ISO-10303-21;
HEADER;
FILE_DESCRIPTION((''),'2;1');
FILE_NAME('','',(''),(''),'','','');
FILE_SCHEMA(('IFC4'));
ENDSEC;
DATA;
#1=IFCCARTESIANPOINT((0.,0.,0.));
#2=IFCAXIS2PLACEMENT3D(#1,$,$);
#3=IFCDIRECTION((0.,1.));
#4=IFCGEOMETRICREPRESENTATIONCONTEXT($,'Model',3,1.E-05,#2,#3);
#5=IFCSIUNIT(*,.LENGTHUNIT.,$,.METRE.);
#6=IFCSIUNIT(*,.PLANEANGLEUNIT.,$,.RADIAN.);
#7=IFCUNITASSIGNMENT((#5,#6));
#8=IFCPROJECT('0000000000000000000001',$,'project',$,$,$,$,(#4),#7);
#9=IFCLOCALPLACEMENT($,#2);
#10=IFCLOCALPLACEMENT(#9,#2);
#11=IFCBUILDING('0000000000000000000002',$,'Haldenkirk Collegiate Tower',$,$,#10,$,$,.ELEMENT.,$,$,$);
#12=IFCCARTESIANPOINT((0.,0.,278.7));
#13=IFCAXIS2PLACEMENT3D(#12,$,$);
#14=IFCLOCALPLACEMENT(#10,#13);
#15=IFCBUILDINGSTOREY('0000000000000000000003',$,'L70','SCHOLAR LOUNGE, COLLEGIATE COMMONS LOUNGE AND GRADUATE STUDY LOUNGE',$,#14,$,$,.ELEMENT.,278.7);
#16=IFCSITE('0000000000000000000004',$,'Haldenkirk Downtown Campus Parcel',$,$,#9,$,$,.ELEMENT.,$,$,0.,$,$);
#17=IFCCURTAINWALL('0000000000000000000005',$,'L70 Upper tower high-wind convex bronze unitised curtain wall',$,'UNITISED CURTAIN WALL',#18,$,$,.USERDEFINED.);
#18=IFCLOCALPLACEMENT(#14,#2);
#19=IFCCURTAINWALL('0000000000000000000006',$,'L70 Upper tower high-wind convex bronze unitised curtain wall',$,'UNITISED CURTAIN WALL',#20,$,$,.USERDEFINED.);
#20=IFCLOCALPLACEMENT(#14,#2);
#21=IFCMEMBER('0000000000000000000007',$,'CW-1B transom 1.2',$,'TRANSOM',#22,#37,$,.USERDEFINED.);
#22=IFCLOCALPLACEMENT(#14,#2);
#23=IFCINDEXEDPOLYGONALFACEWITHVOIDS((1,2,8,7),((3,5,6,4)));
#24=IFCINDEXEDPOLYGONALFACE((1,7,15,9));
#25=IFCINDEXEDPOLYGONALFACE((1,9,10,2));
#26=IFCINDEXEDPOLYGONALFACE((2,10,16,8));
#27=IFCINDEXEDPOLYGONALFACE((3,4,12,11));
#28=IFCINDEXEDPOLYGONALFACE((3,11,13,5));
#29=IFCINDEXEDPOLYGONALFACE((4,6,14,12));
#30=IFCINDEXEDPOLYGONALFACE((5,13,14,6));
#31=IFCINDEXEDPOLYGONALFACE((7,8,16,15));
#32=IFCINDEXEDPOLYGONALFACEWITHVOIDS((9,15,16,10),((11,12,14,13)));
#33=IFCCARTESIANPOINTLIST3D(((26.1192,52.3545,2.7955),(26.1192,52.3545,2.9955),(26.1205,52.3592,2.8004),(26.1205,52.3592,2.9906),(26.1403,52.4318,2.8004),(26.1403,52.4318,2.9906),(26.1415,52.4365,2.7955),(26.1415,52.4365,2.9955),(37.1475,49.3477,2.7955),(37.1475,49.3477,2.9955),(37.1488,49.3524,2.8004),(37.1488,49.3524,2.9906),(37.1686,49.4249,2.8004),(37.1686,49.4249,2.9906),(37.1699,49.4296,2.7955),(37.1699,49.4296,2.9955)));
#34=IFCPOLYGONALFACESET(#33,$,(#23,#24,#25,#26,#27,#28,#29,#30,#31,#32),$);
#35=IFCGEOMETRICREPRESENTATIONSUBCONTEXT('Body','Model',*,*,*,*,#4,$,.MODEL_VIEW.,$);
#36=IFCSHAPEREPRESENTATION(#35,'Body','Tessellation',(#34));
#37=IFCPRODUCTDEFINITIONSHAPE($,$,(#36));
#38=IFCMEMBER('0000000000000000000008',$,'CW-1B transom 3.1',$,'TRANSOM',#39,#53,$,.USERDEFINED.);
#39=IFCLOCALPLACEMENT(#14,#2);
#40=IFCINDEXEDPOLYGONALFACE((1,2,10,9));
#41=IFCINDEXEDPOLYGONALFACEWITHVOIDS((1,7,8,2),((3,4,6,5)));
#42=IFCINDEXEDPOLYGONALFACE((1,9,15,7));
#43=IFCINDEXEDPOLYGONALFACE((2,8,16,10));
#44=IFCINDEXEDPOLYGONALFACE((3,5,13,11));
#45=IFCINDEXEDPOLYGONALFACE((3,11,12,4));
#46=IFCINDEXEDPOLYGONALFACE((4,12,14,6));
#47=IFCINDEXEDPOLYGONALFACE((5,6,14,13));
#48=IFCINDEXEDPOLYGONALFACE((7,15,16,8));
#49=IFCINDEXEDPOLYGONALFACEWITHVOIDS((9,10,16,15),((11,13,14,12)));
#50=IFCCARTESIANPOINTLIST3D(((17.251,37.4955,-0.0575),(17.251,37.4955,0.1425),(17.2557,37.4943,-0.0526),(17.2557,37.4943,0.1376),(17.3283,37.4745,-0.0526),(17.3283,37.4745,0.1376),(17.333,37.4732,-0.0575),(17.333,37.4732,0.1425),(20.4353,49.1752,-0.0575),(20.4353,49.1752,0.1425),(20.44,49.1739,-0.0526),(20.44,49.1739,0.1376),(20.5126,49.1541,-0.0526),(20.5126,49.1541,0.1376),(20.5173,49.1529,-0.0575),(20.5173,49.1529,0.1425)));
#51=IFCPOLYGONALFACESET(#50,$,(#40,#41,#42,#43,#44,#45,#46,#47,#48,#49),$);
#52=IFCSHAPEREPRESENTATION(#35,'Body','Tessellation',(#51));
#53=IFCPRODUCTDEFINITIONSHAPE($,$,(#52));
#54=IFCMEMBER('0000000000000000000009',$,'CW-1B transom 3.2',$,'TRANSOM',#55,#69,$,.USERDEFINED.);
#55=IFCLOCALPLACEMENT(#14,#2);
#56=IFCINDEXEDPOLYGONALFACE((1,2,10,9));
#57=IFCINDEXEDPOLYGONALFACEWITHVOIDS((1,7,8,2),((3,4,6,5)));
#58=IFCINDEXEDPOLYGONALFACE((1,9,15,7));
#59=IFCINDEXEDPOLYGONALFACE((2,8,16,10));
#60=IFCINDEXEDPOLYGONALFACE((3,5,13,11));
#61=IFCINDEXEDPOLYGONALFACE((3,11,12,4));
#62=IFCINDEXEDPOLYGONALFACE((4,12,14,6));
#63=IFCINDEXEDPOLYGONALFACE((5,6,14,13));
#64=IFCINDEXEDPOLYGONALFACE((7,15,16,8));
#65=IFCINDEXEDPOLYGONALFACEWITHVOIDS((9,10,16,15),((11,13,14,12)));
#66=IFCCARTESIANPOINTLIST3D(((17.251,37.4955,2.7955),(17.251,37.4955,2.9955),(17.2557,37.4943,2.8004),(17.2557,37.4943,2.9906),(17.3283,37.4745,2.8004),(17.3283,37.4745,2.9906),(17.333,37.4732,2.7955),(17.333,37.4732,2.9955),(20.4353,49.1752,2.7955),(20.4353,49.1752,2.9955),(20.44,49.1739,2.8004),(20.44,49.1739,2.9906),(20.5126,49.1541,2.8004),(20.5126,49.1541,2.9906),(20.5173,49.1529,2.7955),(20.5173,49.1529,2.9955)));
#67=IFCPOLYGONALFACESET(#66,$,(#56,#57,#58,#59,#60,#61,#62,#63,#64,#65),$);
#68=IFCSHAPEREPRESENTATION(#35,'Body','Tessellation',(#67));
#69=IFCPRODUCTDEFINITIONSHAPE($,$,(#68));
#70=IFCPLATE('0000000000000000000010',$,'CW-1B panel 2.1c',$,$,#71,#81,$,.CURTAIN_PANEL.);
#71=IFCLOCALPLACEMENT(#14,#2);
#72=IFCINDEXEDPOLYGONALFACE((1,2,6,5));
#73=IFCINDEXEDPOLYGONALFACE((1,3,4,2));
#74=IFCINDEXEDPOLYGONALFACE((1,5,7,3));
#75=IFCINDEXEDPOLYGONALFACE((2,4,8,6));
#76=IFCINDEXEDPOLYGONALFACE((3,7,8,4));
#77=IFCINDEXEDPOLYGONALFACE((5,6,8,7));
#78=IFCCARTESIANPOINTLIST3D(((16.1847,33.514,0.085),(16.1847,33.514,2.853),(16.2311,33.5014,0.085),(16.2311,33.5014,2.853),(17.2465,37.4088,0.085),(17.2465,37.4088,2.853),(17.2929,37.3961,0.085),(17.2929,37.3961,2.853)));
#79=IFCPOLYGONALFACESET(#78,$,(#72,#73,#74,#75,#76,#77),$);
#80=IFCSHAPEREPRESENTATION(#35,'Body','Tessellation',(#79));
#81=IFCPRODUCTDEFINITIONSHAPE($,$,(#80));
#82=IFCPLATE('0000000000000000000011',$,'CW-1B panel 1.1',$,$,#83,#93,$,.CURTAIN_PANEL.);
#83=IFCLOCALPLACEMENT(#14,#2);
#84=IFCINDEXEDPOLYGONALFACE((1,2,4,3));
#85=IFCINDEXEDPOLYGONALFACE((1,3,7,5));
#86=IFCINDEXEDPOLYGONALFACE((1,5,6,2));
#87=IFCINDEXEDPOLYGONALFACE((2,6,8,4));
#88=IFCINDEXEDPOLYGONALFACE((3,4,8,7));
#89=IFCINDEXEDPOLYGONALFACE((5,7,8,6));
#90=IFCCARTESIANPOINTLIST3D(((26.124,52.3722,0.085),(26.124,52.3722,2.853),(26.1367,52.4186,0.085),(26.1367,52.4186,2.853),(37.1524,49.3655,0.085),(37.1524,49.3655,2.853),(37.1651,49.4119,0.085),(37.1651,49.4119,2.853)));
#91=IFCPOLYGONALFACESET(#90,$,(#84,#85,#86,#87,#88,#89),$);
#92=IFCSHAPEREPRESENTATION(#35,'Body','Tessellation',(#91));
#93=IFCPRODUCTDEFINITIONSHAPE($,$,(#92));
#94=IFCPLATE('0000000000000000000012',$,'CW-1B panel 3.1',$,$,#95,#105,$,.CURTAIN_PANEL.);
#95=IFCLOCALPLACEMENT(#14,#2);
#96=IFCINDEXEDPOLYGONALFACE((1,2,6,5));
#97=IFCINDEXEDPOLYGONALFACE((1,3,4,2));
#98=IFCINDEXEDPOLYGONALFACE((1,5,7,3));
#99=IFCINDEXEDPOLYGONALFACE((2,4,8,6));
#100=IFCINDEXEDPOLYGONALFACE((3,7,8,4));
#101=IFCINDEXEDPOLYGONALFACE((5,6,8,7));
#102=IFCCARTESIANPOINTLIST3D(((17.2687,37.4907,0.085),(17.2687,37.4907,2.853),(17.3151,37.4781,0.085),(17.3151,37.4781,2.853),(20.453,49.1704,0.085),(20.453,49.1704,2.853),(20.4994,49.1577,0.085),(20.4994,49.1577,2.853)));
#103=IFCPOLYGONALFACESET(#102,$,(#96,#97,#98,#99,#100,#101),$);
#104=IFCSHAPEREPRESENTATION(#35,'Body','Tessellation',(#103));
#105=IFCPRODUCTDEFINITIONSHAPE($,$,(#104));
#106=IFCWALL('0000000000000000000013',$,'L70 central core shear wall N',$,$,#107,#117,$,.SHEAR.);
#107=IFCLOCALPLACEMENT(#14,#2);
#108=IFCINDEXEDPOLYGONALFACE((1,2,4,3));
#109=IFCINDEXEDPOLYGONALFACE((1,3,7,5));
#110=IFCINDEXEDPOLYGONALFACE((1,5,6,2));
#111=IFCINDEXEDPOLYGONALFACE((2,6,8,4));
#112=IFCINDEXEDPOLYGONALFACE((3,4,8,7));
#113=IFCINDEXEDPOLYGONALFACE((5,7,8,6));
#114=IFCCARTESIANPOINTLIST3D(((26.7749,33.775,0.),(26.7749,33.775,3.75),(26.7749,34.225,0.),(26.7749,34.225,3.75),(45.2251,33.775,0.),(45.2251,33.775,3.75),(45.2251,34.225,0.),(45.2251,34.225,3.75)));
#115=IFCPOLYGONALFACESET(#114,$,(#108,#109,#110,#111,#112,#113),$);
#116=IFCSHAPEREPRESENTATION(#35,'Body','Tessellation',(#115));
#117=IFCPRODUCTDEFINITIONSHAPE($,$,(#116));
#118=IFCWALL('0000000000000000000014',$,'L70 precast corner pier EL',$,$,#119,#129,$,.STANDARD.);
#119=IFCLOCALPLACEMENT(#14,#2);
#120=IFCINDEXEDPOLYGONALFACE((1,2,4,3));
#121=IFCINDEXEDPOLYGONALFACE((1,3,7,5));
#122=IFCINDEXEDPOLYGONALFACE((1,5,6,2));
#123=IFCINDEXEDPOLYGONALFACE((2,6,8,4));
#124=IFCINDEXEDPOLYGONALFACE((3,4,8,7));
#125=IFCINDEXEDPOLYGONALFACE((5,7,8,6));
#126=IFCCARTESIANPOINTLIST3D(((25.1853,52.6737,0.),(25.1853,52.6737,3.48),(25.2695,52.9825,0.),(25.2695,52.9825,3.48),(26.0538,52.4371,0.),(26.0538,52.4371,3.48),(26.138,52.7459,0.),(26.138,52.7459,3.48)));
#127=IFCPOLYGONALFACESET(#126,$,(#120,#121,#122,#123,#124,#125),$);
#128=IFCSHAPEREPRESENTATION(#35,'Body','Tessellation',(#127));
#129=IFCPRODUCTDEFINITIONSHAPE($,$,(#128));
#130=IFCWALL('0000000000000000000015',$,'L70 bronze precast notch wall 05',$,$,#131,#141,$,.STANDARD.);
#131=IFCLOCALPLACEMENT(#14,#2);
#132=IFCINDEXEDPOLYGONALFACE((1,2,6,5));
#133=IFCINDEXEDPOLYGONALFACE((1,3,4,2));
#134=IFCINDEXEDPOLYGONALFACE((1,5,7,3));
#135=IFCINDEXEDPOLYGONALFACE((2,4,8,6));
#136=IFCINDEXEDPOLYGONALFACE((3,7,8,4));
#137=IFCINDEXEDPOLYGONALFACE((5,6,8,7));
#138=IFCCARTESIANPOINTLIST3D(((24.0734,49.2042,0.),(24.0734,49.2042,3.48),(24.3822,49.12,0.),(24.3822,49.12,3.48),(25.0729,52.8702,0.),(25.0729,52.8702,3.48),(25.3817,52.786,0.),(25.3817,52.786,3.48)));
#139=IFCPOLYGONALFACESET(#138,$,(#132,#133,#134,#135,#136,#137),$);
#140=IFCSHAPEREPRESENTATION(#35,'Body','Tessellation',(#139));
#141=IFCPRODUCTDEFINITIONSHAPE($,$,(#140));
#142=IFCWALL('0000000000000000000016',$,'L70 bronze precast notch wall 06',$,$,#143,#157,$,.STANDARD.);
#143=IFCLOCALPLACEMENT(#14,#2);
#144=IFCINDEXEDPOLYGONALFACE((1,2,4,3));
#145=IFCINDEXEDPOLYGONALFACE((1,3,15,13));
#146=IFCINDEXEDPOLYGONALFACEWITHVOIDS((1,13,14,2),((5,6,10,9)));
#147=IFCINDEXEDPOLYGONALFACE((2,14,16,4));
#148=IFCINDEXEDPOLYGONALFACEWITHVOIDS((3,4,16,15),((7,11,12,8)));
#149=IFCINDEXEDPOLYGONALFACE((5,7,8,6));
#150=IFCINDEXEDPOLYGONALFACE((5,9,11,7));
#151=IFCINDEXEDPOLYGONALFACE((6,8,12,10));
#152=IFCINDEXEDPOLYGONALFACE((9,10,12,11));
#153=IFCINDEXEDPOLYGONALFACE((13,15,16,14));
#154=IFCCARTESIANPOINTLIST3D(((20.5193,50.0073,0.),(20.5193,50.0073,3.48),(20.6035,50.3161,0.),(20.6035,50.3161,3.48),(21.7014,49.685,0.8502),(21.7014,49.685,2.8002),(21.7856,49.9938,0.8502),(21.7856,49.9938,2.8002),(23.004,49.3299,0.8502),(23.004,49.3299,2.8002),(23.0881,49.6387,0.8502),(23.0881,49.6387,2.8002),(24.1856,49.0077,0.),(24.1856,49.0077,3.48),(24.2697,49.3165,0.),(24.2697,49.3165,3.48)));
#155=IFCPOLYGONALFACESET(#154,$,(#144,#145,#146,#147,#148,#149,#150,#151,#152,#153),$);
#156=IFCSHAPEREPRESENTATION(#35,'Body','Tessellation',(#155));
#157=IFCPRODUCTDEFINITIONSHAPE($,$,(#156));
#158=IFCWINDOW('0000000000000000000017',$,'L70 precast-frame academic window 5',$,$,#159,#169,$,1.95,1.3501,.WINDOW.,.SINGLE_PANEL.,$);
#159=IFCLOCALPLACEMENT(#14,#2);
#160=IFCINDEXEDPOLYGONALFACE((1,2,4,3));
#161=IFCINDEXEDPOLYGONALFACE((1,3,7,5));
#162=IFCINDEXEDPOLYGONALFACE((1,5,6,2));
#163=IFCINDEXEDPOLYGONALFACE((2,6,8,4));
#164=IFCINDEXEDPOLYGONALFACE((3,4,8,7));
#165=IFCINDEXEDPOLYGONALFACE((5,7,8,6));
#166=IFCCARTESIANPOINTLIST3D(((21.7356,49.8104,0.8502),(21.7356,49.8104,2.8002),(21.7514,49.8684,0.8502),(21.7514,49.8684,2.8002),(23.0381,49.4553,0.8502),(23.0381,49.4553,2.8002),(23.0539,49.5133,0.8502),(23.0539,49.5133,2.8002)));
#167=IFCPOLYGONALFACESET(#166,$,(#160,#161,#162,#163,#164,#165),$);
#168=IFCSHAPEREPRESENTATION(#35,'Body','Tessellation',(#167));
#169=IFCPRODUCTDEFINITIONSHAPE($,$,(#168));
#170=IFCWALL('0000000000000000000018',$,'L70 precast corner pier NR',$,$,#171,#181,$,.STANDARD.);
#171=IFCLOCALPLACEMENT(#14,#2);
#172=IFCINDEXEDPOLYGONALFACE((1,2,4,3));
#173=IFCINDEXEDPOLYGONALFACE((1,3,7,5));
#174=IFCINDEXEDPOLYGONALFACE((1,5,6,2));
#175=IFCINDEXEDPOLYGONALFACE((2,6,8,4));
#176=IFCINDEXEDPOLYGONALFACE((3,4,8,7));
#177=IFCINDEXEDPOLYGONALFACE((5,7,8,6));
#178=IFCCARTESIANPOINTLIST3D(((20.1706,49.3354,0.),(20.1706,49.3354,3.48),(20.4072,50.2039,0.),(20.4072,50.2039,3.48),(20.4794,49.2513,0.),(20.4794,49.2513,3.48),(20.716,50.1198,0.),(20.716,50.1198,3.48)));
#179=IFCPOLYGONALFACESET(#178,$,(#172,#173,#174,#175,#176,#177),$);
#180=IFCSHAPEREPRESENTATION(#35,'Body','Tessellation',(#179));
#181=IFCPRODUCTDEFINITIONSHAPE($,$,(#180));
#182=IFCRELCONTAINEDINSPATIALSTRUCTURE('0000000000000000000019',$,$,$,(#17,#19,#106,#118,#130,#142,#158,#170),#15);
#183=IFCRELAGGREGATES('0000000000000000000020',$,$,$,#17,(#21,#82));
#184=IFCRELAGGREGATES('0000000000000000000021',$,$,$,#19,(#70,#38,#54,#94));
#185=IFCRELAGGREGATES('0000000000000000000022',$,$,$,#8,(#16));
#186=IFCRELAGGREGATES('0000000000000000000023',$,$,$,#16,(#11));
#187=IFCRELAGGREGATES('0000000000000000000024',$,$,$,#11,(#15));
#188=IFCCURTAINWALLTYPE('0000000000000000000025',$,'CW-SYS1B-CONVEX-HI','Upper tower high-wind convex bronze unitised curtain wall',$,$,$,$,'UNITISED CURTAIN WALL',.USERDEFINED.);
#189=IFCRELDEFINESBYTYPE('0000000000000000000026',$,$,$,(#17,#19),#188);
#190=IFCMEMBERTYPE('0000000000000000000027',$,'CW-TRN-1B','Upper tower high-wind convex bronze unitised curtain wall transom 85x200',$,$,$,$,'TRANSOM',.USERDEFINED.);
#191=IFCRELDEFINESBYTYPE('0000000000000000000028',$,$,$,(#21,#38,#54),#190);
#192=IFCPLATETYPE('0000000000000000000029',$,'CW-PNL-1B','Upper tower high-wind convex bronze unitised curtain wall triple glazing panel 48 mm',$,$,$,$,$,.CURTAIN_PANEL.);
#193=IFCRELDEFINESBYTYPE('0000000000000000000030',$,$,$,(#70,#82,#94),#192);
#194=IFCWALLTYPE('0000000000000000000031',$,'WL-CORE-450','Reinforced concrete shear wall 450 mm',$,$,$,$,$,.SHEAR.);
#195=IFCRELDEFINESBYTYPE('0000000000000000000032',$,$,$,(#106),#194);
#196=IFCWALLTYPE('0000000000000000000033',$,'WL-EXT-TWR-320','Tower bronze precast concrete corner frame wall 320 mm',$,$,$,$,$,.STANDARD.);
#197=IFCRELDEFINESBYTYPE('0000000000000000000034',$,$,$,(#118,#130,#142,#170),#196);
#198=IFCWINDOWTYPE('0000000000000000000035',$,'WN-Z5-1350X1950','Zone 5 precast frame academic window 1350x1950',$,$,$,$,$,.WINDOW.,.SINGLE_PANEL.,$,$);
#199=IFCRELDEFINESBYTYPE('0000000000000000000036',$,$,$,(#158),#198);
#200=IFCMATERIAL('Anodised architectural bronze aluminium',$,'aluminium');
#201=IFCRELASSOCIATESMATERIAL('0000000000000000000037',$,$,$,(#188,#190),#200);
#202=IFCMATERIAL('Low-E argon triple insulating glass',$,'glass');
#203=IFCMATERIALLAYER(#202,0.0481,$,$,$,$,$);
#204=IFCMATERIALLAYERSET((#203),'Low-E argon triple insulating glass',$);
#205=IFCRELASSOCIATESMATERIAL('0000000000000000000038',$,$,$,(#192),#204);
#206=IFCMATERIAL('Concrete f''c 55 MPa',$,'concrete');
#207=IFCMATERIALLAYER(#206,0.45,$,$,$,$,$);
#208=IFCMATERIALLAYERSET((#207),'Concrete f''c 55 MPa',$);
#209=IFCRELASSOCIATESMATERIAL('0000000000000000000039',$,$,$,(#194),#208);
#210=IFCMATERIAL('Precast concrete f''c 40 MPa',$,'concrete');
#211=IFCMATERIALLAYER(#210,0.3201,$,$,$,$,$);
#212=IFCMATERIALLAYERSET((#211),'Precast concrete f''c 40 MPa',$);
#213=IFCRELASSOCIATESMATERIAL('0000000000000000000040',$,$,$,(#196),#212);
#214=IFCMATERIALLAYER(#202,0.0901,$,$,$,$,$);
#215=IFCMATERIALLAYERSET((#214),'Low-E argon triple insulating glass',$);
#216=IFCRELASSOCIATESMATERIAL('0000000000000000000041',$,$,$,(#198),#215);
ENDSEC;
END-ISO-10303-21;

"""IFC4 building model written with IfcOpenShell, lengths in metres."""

from ifc_helpers import new_model, si_unit, direction, frame, frame_2d, origin, origin_2d, place, context, subcontext, project, spatial, rectangle, hollow_rectangle, extrude, source, transform, mapped, material, layer, layer_set, material_profile, profile_set, type_object, element, fill, aggregate, save


model = new_model("IFC4")

# Units and contexts
model_context = context("Model", 3, precision=1e-05, world=origin(), true_north=direction((0.0, 1.0)))
body_context = subcontext(model_context, "Body", "Model", "MODEL_VIEW")
ifc_project = project(units=[si_unit("LENGTHUNIT", "METRE"), si_unit("PLANEANGLEUNIT", "RADIAN")], contexts=[model_context])

# Site, building, storey
site_placement = place(None, origin())
site = spatial("IfcSite", under=ifc_project, at=site_placement, Name="Haldenkirk Downtown Campus Parcel", CompositionType="ELEMENT", RefElevation=0.0)
building_placement = place(site_placement, origin())
building = spatial("IfcBuilding", under=site, at=building_placement, Name="Haldenkirk Collegiate Tower", CompositionType="ELEMENT")
storey_placement = place(building_placement, frame((0.0, 0.0, 278.7)))
storey = spatial("IfcBuildingStorey", under=building, at=storey_placement, Name="L70", Description="SCHOLAR LOUNGE, COLLEGIATE COMMONS LOUNGE AND GRADUATE STUDY LOUNGE", CompositionType="ELEMENT", Elevation=278.7)

# Curtain wall
ifc_material_1 = material(Name="Anodised architectural bronze aluminium", Category="aluminium")
curtain_wall_type = type_object("IfcCurtainWallType", Name="CW-SYS1B-CONVEX-HI", Description="Upper tower high-wind convex bronze unitised curtain wall", ElementType="UNITISED CURTAIN WALL", PredefinedType="USERDEFINED", material=ifc_material_1)
curtain_wall_1_placement = place(storey_placement, origin())
curtain_wall_1 = element("IfcCurtainWall", 1, at=curtain_wall_1_placement, inside=storey, type_object=curtain_wall_type, Name="L70 Upper tower high-wind convex bronze unitised curtain wall", ObjectType="UNITISED CURTAIN WALL", PredefinedType="USERDEFINED")

# Curtain wall
curtain_wall_2_placement = place(storey_placement, origin())
curtain_wall_2 = element("IfcCurtainWall", 2, at=curtain_wall_2_placement, inside=storey, type_object=curtain_wall_type, Name="L70 Upper tower high-wind convex bronze unitised curtain wall", ObjectType="UNITISED CURTAIN WALL", PredefinedType="USERDEFINED")

# Members
ifc_material_profile_1 = material_profile(ifc_material_1, hollow_rectangle(XDim=0.085, YDim=0.2, WallThickness=0.0049, at=origin_2d()), Name="CW-TRN-1B")
ifc_profile_set_1 = profile_set([ifc_material_profile_1], Name="Anodised architectural bronze aluminium")
member_type_1 = type_object("IfcMemberType", Name="CW-TRN-1B", Description="Upper tower high-wind convex bronze unitised curtain wall transom 85x200", ElementType="TRANSOM", PredefinedType="USERDEFINED", material=ifc_profile_set_1)
member_1_placement = place(storey_placement, frame((26.1304, 52.3955, 2.8955), z_axis=(0.964784, -0.263045, 0.0), x_axis=(0.263045, 0.964784, 0.0)))
member_1 = element("IfcMember", 3, at=member_1_placement, type_object=member_type_1, Name="CW-1B transom 1.2", ObjectType="TRANSOM", PredefinedType="USERDEFINED", context=body_context, shape_type="SweptSolid", body=[
    extrude(hollow_rectangle(XDim=0.085, YDim=0.2, WallThickness=0.0049, at=origin_2d()), origin(), (0.0, 0.0, 1.0), 11.4309),
])
member_2_placement = place(storey_placement, frame((17.292, 37.4844, 0.0425), z_axis=(0.263037, 0.964786, 0.0), x_axis=(-0.964786, 0.263037, 0.0)))
member_2 = element("IfcMember", 4, at=member_2_placement, type_object=member_type_1, Name="CW-1B transom 3.1", ObjectType="TRANSOM", PredefinedType="USERDEFINED", context=body_context, shape_type="SweptSolid", body=[
    extrude(hollow_rectangle(XDim=0.085, YDim=0.2, WallThickness=0.0049, at=origin_2d()), origin(), (0.0, 0.0, 1.0), 12.106),
])
member_3_placement = place(storey_placement, frame((17.292, 37.4844, 2.8955), z_axis=(0.263037, 0.964786, 0.0), x_axis=(-0.964786, 0.263037, 0.0)))
member_3 = element("IfcMember", 5, at=member_3_placement, type_object=member_type_1, Name="CW-1B transom 3.2", ObjectType="TRANSOM", PredefinedType="USERDEFINED", context=body_context, shape_type="SweptSolid", body=[
    extrude(hollow_rectangle(XDim=0.085, YDim=0.2, WallThickness=0.0049, at=origin_2d()), origin(), (0.0, 0.0, 1.0), 12.106),
])

# Plates
ifc_material_2 = material(Name="Low-E argon triple insulating glass", Category="glass")
ifc_layer_1 = layer(ifc_material_2, 0.0481)
ifc_layer_set_1 = layer_set([ifc_layer_1], Name="Low-E argon triple insulating glass")
plate_type = type_object("IfcPlateType", Name="CW-PNL-1B", Description="Upper tower high-wind convex bronze unitised curtain wall triple glazing panel 48 mm", PredefinedType="CURTAIN_PANEL", material=ifc_layer_set_1)
shared_shape_1 = source(origin(), body_context, "Body", "SweptSolid", [
    extrude(rectangle(XDim=4.0369, YDim=0.0481, at=origin_2d()), origin(), (0.0, 0.0, 1.0), 2.7681),
])
plate_1_placement = place(storey_placement, frame((16.7388, 35.4551, 0.085), z_axis=(0.0, 0.0, 1.0), x_axis=(0.263033, 0.964787, 0.0)))
plate_1 = element("IfcPlate", 6, at=plate_1_placement, type_object=plate_type, Name="CW-1B panel 2.1c", PredefinedType="CURTAIN_PANEL", context=body_context, shape_type="MappedRepresentation", body=[
    mapped(shared_shape_1, transform((0.0, 0.0, 0.0), x_axis=(1.0, 0.0, 0.0), y_axis=(0.0, 1.0, 0.0), z_axis=(0.0, 0.0, 1.0), scale=1.0)),
])
shared_shape_2 = source(origin(), body_context, "Body", "SweptSolid", [
    extrude(rectangle(XDim=11.4309, YDim=0.0481, at=origin_2d()), origin(), (0.0, 0.0, 1.0), 2.7681),
])
plate_2_placement = place(storey_placement, frame((31.6445, 50.8921, 0.085), z_axis=(0.0, 0.0, 1.0), x_axis=(0.964787, -0.263031, 0.0)))
plate_2 = element("IfcPlate", 7, at=plate_2_placement, type_object=plate_type, Name="CW-1B panel 1.1", PredefinedType="CURTAIN_PANEL", context=body_context, shape_type="MappedRepresentation", body=[
    mapped(shared_shape_2, transform((0.0, 0.0, 0.0), x_axis=(1.0, 0.0, 0.0), y_axis=(0.0, 1.0, 0.0), z_axis=(0.0, 0.0, 1.0), scale=1.0)),
])
aggregate(curtain_wall_1, [member_1, plate_2])
shared_shape_3 = source(origin(), body_context, "Body", "SweptSolid", [
    extrude(rectangle(XDim=12.106, YDim=0.0481, at=origin_2d()), origin(), (0.0, 0.0, 1.0), 2.7681),
])
plate_3_placement = place(storey_placement, frame((18.884, 43.3242, 0.085), z_axis=(0.0, 0.0, 1.0), x_axis=(0.263033, 0.964787, 0.0)))
plate_3 = element("IfcPlate", 8, at=plate_3_placement, type_object=plate_type, Name="CW-1B panel 3.1", PredefinedType="CURTAIN_PANEL", context=body_context, shape_type="MappedRepresentation", body=[
    mapped(shared_shape_3, transform((0.0, 0.0, 0.0), x_axis=(1.0, 0.0, 0.0), y_axis=(0.0, 1.0, 0.0), z_axis=(0.0, 0.0, 1.0), scale=1.0)),
])
aggregate(curtain_wall_2, [plate_1, member_2, member_3, plate_3])

# Walls
ifc_material_3 = material(Name="Concrete f'c 55 MPa", Category="concrete")
ifc_layer_2 = layer(ifc_material_3, 0.45)
ifc_layer_set_2 = layer_set([ifc_layer_2], Name="Concrete f'c 55 MPa")
wall_type_1 = type_object("IfcWallType", Name="WL-CORE-450", Description="Reinforced concrete shear wall 450 mm", PredefinedType="SHEAR", material=ifc_layer_set_2)
wall_1_placement = place(storey_placement, frame((26.7749, 34.0, 0.0), z_axis=(0.0, 0.0, 1.0), x_axis=(1.0, 0.0, 0.0)))
element("IfcWall", 9, at=wall_1_placement, inside=storey, type_object=wall_type_1, Name="L70 central core shear wall N", PredefinedType="SHEAR", context=body_context, shape_type="SweptSolid", body=[
    extrude(rectangle(XDim=18.4502, YDim=0.45, at=frame_2d((9.2251, 0.0))), origin(), (0.0, 0.0, 1.0), 3.75),
])
ifc_material_4 = material(Name="Precast concrete f'c 40 MPa", Category="concrete")
ifc_layer_3 = layer(ifc_material_4, 0.3201)
ifc_layer_set_3 = layer_set([ifc_layer_3], Name="Precast concrete f'c 40 MPa")
wall_type_2 = type_object("IfcWallType", Name="WL-EXT-TWR-320", Description="Tower bronze precast concrete corner frame wall 320 mm", PredefinedType="STANDARD", material=ifc_layer_set_3)
wall_2_placement = place(storey_placement, frame((25.2273, 52.8281, 0.0), z_axis=(0.0, 0.0, 1.0), x_axis=(0.964839, -0.262842, 0.0)))
element("IfcWall", 10, at=wall_2_placement, inside=storey, type_object=wall_type_2, Name="L70 precast corner pier EL", PredefinedType="STANDARD", context=body_context, shape_type="SweptSolid", body=[
    extrude(rectangle(XDim=0.9001, YDim=0.3201, at=frame_2d((0.4502, 0.0))), origin(), (0.0, 0.0, 1.0), 3.48),
])
wall_3_placement = place(storey_placement, frame((24.2278, 49.1621, 0.0), z_axis=(0.0, 0.0, 1.0), x_axis=(0.263041, 0.964785, 0.0)))
element("IfcWall", 11, at=wall_3_placement, inside=storey, type_object=wall_type_2, Name="L70 bronze precast notch wall 05", PredefinedType="STANDARD", context=body_context, shape_type="SweptSolid", body=[
    extrude(rectangle(XDim=3.7998, YDim=0.3201, at=frame_2d((1.8999, 0.0))), origin(), (0.0, 0.0, 1.0), 3.48),
])

# Wall, opening, window
wall_4_placement = place(storey_placement, frame((20.5615, 50.1616, 0.0), z_axis=(0.0, 0.0, 1.0), x_axis=(0.964789, -0.263025, 0.0)))
wall_4 = element("IfcWall", 12, at=wall_4_placement, inside=storey, type_object=wall_type_2, Name="L70 bronze precast notch wall 06", PredefinedType="STANDARD", context=body_context, shape_type="SweptSolid", body=[
    extrude(rectangle(XDim=3.8, YDim=0.3201, at=frame_2d((1.8999, 0.0))), origin(), (0.0, 0.0, 1.0), 3.48),
])
opening_1_placement = place(wall_4_placement, frame((1.2251, 0.0, 0.8501)))
opening_1 = element("IfcOpeningElement", 13, at=opening_1_placement, cuts=wall_4, PredefinedType="OPENING", context=body_context, shape_type="SweptSolid", body=[
    extrude(rectangle(XDim=1.3501, YDim=1.95, at=frame_2d((0.675, 0.9751))), frame((0.0, 0.1699, 0.0), z_axis=(0.0, -1.0, 0.0), x_axis=(1.0, 0.0, 0.0)), (0.0, 0.0, 1.0), 0.3401),
])
ifc_layer_4 = layer(ifc_material_2, 0.0901)
ifc_layer_set_4 = layer_set([ifc_layer_4], Name="Low-E argon triple insulating glass")
window_type = type_object("IfcWindowType", Name="WN-Z5-1350X1950", Description="Zone 5 precast frame academic window 1350x1950", PartitioningType="SINGLE_PANEL", PredefinedType="WINDOW", material=ifc_layer_set_4)
window_placement = place(opening_1_placement, origin())
window = element("IfcWindow", 14, at=window_placement, inside=storey, type_object=window_type, Name="L70 precast-frame academic window 5", OverallHeight=1.95, OverallWidth=1.3501, PartitioningType="SINGLE_PANEL", PredefinedType="WINDOW", context=body_context, shape_type="SweptSolid", body=[
    extrude(rectangle(XDim=1.3501, YDim=1.95, at=frame_2d((0.675, 0.9751))), frame((0.0, 0.03, 0.0), z_axis=(0.0, -1.0, 0.0), x_axis=(1.0, 0.0, 0.0)), (0.0, 0.0, 1.0), 0.0601),
])
fill(opening_1, window)

# Wall
wall_5_placement = place(storey_placement, frame((20.325, 49.2932, 0.0), z_axis=(0.0, 0.0, 1.0), x_axis=(0.262842, 0.964839, 0.0)))
element("IfcWall", 15, at=wall_5_placement, inside=storey, type_object=wall_type_2, Name="L70 precast corner pier NR", PredefinedType="STANDARD", context=body_context, shape_type="SweptSolid", body=[
    extrude(rectangle(XDim=0.9001, YDim=0.3201, at=frame_2d((0.4502, 0.0))), origin(), (0.0, 0.0, 1.0), 3.48),
])

save(model, "model.ifc")
